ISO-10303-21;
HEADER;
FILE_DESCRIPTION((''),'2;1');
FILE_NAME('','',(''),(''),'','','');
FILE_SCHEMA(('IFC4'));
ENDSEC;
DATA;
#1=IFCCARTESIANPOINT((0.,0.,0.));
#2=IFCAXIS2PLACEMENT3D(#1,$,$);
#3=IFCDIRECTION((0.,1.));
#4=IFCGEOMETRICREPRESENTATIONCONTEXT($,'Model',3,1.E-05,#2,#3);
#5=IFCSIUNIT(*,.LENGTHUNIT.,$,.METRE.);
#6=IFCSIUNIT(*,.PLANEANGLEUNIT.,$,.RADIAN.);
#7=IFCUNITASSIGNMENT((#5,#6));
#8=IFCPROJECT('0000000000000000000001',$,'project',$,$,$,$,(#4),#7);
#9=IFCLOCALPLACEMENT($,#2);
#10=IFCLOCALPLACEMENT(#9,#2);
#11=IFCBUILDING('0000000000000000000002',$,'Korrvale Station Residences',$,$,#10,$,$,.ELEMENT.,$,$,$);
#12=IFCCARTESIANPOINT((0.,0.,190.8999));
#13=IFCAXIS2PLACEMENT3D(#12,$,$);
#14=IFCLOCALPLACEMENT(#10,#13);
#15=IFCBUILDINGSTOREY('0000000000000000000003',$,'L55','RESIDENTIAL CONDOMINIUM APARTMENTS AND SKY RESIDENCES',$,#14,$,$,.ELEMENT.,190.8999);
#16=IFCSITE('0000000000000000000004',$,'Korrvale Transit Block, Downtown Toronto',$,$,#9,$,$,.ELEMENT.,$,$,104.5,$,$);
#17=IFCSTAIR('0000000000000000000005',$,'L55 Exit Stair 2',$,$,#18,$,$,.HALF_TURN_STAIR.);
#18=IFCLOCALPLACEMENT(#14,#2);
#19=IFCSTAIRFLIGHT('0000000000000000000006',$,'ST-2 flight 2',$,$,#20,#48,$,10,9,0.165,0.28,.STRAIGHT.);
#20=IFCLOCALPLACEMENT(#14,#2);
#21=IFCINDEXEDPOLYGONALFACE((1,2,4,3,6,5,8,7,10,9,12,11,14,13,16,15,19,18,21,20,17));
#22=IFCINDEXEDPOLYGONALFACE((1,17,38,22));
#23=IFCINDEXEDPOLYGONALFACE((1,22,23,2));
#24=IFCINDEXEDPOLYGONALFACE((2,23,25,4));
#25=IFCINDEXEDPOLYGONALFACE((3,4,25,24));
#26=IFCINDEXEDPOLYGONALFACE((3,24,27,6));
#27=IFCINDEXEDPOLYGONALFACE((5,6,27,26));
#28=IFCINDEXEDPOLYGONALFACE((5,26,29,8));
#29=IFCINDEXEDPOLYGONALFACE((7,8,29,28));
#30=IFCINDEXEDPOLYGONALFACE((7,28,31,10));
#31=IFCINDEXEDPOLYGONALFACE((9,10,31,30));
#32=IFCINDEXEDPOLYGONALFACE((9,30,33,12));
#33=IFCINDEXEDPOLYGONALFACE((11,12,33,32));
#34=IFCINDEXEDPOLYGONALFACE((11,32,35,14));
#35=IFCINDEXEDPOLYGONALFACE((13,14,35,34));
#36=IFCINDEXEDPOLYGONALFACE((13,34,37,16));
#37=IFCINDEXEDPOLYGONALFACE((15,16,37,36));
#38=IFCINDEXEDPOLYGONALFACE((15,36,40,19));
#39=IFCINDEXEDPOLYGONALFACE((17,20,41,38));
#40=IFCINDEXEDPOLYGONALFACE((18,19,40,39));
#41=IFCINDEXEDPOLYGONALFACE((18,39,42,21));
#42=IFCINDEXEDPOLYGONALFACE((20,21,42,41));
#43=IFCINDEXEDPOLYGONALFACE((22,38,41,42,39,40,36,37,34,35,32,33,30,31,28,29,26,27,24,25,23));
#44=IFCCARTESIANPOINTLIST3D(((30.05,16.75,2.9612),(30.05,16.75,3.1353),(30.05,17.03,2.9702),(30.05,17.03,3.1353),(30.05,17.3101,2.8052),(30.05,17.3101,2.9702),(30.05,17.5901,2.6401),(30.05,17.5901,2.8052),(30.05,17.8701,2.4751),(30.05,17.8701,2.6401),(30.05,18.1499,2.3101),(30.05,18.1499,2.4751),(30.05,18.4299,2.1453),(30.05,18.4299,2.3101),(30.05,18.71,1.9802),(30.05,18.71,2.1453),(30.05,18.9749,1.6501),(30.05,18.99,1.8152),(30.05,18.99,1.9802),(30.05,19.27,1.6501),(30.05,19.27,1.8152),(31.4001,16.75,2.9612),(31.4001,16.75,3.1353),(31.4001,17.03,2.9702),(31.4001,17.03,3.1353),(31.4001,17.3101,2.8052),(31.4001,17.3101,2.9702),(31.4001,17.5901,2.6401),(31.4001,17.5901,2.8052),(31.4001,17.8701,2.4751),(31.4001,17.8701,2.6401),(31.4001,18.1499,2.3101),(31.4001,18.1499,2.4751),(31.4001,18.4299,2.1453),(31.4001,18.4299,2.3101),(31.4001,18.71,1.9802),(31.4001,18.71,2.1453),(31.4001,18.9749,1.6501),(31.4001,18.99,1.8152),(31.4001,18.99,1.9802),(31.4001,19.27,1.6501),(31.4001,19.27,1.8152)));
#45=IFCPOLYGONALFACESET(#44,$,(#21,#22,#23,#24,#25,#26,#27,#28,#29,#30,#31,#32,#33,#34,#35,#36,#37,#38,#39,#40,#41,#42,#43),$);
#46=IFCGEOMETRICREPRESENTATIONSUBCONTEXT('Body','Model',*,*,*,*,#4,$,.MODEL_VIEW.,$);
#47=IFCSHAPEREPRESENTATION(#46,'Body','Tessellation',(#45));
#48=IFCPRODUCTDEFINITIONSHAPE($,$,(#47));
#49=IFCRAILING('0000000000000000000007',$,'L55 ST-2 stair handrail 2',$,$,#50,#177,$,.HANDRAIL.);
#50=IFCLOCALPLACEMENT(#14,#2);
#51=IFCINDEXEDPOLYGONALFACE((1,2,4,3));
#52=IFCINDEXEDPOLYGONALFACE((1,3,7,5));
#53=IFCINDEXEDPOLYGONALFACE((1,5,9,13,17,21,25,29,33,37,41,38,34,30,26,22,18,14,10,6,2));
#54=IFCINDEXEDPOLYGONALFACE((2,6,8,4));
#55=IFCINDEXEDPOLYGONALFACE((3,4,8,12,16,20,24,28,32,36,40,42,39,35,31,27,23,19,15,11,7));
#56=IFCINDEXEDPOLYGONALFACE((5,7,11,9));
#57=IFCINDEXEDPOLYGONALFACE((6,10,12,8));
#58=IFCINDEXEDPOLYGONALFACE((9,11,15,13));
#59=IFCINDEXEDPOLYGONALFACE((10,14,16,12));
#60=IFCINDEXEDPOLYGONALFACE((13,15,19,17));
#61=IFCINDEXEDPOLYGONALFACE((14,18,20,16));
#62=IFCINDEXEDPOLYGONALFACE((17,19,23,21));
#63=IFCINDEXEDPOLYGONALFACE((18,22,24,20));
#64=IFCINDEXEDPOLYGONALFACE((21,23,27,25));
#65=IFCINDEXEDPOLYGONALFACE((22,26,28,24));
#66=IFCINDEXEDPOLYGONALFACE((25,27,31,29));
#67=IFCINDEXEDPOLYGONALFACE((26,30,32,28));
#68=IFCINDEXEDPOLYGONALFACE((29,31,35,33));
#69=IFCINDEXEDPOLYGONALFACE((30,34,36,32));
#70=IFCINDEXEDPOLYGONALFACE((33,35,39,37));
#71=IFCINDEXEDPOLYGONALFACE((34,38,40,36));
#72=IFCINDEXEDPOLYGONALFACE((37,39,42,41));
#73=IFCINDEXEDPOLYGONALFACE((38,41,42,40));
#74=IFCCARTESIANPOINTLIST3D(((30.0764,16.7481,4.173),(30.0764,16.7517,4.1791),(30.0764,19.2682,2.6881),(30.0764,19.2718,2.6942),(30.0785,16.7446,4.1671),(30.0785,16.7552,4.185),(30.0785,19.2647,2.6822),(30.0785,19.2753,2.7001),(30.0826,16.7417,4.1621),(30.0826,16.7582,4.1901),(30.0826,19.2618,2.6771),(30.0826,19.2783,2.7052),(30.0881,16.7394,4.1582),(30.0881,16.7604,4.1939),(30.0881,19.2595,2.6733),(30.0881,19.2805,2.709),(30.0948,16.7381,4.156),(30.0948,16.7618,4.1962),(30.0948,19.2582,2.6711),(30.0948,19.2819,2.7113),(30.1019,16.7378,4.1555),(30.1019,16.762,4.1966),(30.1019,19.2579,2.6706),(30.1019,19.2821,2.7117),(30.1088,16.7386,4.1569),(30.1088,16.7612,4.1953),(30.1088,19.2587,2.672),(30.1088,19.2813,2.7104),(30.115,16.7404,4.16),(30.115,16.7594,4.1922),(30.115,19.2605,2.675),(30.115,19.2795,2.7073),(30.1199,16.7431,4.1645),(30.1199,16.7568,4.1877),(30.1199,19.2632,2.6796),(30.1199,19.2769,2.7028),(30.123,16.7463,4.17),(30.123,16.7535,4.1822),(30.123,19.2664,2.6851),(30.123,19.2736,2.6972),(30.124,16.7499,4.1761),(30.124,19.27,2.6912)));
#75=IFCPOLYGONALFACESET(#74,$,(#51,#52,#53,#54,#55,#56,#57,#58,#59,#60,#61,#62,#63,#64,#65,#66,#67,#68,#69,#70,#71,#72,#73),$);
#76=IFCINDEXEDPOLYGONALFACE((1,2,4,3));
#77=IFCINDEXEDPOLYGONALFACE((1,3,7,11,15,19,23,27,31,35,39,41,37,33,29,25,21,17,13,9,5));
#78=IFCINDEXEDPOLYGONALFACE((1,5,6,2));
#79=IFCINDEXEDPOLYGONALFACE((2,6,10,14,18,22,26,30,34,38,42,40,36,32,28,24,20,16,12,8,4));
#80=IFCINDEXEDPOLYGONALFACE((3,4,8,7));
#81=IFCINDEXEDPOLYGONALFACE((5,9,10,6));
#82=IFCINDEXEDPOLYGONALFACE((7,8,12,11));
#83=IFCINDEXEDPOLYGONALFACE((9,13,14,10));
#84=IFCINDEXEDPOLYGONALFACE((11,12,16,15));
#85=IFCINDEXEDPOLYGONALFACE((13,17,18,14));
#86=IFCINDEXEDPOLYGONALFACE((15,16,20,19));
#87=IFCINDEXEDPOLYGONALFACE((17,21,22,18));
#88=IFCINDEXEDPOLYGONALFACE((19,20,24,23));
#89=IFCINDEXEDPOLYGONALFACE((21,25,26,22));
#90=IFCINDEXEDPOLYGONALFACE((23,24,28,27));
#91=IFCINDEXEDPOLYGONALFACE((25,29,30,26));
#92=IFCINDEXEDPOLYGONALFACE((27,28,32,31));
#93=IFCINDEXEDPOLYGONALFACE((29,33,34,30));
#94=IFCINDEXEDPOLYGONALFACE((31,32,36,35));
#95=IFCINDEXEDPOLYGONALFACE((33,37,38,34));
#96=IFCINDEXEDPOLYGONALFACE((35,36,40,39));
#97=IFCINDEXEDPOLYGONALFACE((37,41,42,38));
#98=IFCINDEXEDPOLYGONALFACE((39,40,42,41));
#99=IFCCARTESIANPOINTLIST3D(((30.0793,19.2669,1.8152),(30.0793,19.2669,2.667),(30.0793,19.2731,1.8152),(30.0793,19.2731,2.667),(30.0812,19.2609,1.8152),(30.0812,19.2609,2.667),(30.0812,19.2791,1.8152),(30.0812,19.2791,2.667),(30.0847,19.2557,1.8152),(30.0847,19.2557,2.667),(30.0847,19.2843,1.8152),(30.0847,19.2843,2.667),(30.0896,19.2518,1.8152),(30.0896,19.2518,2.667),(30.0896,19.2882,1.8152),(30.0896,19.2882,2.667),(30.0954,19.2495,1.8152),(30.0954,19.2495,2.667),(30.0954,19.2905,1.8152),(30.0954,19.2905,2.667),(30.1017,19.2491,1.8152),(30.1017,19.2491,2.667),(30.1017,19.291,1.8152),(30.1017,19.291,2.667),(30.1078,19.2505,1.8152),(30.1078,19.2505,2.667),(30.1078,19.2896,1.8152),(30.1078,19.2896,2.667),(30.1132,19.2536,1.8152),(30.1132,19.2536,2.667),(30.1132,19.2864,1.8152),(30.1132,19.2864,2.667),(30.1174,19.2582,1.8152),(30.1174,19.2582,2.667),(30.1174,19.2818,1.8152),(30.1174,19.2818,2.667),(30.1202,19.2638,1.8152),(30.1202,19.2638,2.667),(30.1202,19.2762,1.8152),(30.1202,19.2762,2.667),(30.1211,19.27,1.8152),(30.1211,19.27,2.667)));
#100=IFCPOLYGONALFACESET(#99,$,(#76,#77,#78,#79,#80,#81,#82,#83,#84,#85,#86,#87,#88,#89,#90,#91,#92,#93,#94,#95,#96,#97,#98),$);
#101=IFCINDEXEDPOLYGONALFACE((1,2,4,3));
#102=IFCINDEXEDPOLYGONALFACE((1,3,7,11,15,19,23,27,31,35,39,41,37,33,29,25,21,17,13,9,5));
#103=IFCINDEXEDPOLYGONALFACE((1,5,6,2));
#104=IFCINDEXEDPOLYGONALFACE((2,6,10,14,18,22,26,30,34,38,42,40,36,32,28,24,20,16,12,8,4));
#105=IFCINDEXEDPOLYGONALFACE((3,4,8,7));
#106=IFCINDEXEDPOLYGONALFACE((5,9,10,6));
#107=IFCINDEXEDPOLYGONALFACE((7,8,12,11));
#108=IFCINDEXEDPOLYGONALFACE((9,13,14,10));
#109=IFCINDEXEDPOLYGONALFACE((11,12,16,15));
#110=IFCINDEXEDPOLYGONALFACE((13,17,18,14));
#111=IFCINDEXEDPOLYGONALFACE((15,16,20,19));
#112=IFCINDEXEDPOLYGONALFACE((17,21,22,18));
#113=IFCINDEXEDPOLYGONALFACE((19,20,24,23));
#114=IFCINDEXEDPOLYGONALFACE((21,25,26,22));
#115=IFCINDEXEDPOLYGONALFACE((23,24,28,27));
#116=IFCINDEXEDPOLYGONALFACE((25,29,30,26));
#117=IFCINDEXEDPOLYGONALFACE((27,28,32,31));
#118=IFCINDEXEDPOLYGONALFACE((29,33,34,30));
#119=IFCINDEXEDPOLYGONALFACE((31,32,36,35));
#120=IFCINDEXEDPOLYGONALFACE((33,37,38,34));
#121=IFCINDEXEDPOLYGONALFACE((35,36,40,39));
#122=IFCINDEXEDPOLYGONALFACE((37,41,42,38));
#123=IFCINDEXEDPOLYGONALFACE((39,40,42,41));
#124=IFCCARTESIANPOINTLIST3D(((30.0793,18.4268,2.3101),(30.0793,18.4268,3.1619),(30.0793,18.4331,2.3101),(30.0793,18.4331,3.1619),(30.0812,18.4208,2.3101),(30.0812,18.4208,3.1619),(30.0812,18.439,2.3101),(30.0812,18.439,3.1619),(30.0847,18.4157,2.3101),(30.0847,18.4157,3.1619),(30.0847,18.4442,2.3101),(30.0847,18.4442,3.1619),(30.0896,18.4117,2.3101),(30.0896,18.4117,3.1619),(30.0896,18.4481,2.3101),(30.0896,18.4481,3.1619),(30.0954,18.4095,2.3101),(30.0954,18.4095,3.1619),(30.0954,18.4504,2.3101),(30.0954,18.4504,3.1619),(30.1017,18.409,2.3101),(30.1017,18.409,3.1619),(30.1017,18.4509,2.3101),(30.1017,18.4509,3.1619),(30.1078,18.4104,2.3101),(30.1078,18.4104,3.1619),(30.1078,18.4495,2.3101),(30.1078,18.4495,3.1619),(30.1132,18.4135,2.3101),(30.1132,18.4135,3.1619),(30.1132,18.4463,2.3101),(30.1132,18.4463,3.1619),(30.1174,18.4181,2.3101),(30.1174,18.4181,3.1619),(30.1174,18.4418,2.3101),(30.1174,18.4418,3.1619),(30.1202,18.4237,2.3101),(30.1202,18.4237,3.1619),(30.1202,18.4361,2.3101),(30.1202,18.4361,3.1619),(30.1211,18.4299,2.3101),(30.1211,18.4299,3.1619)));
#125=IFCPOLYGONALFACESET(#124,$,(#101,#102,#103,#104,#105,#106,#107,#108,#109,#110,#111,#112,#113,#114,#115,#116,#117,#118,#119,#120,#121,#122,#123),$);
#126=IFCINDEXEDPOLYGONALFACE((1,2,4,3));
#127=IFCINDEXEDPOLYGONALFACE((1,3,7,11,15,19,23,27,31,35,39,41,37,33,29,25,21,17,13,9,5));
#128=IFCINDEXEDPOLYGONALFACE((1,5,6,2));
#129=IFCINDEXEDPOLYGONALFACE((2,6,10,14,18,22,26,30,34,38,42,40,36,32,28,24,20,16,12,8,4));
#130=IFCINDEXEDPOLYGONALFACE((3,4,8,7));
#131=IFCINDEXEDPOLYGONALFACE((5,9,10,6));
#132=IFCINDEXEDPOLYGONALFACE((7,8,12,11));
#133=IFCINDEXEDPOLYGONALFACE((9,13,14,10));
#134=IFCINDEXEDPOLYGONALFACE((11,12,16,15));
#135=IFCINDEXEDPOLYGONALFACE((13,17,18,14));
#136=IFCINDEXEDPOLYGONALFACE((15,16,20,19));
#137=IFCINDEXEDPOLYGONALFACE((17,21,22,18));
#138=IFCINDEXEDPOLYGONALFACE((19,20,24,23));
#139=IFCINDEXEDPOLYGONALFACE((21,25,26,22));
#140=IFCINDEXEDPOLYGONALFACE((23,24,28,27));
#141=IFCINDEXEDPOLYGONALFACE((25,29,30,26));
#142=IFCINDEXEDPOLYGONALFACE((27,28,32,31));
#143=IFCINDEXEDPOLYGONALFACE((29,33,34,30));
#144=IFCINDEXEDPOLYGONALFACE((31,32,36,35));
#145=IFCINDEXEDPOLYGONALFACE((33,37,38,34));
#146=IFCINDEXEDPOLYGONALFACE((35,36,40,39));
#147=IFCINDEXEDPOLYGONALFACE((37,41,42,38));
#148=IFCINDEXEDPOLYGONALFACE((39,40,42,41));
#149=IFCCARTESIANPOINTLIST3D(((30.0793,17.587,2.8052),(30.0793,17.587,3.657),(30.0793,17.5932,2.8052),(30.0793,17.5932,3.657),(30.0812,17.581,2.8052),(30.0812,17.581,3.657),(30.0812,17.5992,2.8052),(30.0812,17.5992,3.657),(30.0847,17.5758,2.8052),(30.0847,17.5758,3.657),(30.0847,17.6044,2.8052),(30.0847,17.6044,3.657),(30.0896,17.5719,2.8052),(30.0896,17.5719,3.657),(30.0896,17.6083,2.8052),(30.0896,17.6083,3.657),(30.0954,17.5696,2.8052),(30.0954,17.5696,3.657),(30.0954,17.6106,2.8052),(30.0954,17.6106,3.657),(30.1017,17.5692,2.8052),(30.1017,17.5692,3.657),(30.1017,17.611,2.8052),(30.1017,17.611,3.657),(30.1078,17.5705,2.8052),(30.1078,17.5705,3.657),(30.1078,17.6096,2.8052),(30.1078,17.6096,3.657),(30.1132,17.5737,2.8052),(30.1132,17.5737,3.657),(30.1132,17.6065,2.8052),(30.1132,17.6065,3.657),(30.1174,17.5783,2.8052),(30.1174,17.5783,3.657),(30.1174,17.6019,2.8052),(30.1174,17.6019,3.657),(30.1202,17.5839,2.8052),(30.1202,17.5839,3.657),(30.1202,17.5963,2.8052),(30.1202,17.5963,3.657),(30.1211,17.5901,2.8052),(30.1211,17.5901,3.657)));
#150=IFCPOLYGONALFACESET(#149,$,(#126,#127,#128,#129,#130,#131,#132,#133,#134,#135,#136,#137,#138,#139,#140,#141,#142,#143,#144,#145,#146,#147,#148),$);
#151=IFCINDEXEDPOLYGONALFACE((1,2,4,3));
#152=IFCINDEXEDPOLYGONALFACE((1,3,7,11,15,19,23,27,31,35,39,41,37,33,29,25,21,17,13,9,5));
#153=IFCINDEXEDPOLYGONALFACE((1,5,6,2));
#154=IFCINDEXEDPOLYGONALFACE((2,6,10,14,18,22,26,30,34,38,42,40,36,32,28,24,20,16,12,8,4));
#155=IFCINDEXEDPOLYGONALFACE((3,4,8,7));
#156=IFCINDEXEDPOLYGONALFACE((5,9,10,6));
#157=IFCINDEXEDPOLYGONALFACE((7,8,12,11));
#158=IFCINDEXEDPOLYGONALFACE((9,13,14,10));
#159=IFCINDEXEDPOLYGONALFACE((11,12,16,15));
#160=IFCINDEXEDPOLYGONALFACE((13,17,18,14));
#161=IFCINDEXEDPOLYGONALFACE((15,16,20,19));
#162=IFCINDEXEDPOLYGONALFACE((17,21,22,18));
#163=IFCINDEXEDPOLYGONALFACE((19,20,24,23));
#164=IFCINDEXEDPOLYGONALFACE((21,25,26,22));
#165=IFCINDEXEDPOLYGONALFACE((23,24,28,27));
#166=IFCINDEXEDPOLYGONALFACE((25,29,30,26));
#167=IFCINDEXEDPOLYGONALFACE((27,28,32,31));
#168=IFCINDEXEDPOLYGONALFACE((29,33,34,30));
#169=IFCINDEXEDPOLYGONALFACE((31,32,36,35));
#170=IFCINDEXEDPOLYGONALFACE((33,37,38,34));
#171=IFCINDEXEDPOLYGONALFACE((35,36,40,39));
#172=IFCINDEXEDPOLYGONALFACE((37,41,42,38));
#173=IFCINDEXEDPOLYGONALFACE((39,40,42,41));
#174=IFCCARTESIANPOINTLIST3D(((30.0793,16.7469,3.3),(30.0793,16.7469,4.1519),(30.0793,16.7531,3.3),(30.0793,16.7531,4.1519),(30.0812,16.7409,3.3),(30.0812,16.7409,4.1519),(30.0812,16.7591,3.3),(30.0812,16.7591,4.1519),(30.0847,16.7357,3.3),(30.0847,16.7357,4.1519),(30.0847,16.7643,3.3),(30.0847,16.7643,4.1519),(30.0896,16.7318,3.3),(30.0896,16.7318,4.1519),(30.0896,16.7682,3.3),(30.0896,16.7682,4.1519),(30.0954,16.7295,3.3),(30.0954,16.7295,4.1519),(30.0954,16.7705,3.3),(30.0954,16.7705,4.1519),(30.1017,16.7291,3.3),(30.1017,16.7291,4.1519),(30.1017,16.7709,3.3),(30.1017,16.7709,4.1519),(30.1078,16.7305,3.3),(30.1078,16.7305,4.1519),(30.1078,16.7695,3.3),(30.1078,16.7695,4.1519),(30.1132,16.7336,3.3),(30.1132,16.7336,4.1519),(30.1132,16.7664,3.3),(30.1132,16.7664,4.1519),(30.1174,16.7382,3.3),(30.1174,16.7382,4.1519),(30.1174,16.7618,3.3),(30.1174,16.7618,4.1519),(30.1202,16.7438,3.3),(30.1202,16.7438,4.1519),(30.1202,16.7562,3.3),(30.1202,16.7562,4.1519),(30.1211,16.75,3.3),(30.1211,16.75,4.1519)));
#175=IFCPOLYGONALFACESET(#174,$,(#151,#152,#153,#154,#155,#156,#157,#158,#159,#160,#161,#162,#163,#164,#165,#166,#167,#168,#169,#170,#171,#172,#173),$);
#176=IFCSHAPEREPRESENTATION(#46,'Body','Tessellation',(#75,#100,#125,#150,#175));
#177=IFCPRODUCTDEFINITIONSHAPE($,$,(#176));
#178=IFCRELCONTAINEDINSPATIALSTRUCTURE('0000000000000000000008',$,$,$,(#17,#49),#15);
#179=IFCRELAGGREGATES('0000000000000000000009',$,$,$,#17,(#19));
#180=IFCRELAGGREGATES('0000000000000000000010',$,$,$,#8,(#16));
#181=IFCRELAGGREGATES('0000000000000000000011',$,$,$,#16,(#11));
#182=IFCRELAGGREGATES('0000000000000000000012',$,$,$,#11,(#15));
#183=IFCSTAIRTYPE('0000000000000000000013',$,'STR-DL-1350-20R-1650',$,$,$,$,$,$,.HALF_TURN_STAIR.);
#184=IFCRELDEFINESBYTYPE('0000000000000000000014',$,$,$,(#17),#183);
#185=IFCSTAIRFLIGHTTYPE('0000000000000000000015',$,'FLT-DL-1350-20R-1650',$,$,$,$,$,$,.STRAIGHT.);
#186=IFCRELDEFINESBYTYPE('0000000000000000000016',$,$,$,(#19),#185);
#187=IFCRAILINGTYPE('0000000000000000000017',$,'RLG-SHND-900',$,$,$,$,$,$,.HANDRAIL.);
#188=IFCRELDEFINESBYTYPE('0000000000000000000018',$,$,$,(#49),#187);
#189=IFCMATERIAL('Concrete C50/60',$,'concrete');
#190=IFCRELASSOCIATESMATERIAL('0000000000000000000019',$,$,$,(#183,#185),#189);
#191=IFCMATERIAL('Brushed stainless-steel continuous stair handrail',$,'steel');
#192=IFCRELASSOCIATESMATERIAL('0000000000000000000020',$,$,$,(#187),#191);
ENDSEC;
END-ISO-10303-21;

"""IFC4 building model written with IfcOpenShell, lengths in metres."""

from ifc_helpers import new_model, si_unit, direction, frame, origin, origin_2d, place, context, subcontext, project, spatial, polyline, circle, outline, extrude, material, type_object, element, aggregate, save


model = new_model("IFC4")

# Units and contexts
model_context = context("Model", 3, precision=1e-05, world=origin(), true_north=direction((0.0, 1.0)))
body_context = subcontext(model_context, "Body", "Model", "MODEL_VIEW")
ifc_project = project(units=[si_unit("LENGTHUNIT", "METRE"), si_unit("PLANEANGLEUNIT", "RADIAN")], contexts=[model_context])

# Site, building, storey
site_placement = place(None, origin())
site = spatial("IfcSite", under=ifc_project, at=site_placement, Name="Korrvale Transit Block, Downtown Toronto", CompositionType="ELEMENT", RefElevation=104.5)
building_placement = place(site_placement, origin())
building = spatial("IfcBuilding", under=site, at=building_placement, Name="Korrvale Station Residences", CompositionType="ELEMENT")
storey_placement = place(building_placement, frame((0.0, 0.0, 190.8999)))
storey = spatial("IfcBuildingStorey", under=building, at=storey_placement, Name="L55", Description="RESIDENTIAL CONDOMINIUM APARTMENTS AND SKY RESIDENCES", CompositionType="ELEMENT", Elevation=190.8999)

# Shared definitions
ifc_material_1 = material(Name="Concrete C50/60", Category="concrete")

# Stair, stair flight
stair_type = type_object("IfcStairType", Name="STR-DL-1350-20R-1650", PredefinedType="HALF_TURN_STAIR", material=ifc_material_1)
stair_placement = place(storey_placement, origin())
stair = element("IfcStair", 1, at=stair_placement, inside=storey, type_object=stair_type, Name="L55 Exit Stair 2", PredefinedType="HALF_TURN_STAIR")
stair_flight_type = type_object("IfcStairFlightType", Name="FLT-DL-1350-20R-1650", PredefinedType="STRAIGHT", material=ifc_material_1)
stair_flight_placement = place(storey_placement, frame((30.7251, 19.27, 1.6501), z_axis=(0.0, 0.0, 1.0), x_axis=(0.0, -1.0, 0.0)))
stair_flight = element("IfcStairFlight", 2, at=stair_flight_placement, type_object=stair_flight_type, Name="ST-2 flight 2", NumberOfRisers=10, NumberOfTreads=9, PredefinedType="STRAIGHT", RiserHeight=0.165, TreadLength=0.28, context=body_context, shape_type="SweptSolid", body=[
    extrude(outline(polyline([(0.0, 0.0), (0.0, 0.165), (0.28, 0.165), (0.28, 0.3301), (0.5601, 0.3301), (0.5601, 0.4951), (0.8401, 0.4951), (0.8401, 0.6599), (1.1201, 0.6599), (1.1201, 0.825), (1.3999, 0.825), (1.3999, 0.99), (1.6799, 0.99), (1.6799, 1.155), (1.96, 1.155), (1.96, 1.3201), (2.24, 1.3201), (2.24, 1.4851), (2.52, 1.4851), (2.52, 1.6499), (2.52, 1.311), (0.2952, 0.0), (0.0, 0.0)])), frame((0.0, 0.675, 0.0), z_axis=(0.0, -1.0, 0.0), x_axis=(1.0, 0.0, 0.0)), (0.0, 0.0, 1.0), 1.3501),
])
aggregate(stair, [stair_flight])

# Railing
ifc_material_2 = material(Name="Brushed stainless-steel continuous stair handrail", Category="steel")
railing_type_1 = type_object("IfcRailingType", Name="RLG-SHND-900", PredefinedType="HANDRAIL", material=ifc_material_2)
railing_1_placement = place(storey_placement, frame((30.1001, 19.27, 1.8152)))
element("IfcRailing", 3, at=railing_1_placement, inside=storey, type_object=railing_type_1, Name="L55 ST-2 stair handrail 2", PredefinedType="HANDRAIL", context=body_context, shape_type="SweptSolid", body=[
    extrude(circle(Radius=0.0239, at=origin_2d()), frame((0.0, 0.0, 0.876), z_axis=(0.0, -0.861561, 0.507655), x_axis=(1.0, 0.0, 0.0)), (0.0, 0.0, 1.0), 2.925),
    extrude(circle(Radius=0.021, at=origin_2d()), origin(), (0.0, 0.0, 1.0), 0.8518),
    extrude(circle(Radius=0.021, at=origin_2d()), frame((0.0, -0.8401, 0.4949)), (0.0, 0.0, 1.0), 0.8518),
    extrude(circle(Radius=0.021, at=origin_2d()), frame((0.0, -1.6799, 0.99)), (0.0, 0.0, 1.0), 0.8518),
    extrude(circle(Radius=0.021, at=origin_2d()), frame((0.0, -2.52, 1.4849)), (0.0, 0.0, 1.0), 0.8518),
])

save(model, "model.ifc")
